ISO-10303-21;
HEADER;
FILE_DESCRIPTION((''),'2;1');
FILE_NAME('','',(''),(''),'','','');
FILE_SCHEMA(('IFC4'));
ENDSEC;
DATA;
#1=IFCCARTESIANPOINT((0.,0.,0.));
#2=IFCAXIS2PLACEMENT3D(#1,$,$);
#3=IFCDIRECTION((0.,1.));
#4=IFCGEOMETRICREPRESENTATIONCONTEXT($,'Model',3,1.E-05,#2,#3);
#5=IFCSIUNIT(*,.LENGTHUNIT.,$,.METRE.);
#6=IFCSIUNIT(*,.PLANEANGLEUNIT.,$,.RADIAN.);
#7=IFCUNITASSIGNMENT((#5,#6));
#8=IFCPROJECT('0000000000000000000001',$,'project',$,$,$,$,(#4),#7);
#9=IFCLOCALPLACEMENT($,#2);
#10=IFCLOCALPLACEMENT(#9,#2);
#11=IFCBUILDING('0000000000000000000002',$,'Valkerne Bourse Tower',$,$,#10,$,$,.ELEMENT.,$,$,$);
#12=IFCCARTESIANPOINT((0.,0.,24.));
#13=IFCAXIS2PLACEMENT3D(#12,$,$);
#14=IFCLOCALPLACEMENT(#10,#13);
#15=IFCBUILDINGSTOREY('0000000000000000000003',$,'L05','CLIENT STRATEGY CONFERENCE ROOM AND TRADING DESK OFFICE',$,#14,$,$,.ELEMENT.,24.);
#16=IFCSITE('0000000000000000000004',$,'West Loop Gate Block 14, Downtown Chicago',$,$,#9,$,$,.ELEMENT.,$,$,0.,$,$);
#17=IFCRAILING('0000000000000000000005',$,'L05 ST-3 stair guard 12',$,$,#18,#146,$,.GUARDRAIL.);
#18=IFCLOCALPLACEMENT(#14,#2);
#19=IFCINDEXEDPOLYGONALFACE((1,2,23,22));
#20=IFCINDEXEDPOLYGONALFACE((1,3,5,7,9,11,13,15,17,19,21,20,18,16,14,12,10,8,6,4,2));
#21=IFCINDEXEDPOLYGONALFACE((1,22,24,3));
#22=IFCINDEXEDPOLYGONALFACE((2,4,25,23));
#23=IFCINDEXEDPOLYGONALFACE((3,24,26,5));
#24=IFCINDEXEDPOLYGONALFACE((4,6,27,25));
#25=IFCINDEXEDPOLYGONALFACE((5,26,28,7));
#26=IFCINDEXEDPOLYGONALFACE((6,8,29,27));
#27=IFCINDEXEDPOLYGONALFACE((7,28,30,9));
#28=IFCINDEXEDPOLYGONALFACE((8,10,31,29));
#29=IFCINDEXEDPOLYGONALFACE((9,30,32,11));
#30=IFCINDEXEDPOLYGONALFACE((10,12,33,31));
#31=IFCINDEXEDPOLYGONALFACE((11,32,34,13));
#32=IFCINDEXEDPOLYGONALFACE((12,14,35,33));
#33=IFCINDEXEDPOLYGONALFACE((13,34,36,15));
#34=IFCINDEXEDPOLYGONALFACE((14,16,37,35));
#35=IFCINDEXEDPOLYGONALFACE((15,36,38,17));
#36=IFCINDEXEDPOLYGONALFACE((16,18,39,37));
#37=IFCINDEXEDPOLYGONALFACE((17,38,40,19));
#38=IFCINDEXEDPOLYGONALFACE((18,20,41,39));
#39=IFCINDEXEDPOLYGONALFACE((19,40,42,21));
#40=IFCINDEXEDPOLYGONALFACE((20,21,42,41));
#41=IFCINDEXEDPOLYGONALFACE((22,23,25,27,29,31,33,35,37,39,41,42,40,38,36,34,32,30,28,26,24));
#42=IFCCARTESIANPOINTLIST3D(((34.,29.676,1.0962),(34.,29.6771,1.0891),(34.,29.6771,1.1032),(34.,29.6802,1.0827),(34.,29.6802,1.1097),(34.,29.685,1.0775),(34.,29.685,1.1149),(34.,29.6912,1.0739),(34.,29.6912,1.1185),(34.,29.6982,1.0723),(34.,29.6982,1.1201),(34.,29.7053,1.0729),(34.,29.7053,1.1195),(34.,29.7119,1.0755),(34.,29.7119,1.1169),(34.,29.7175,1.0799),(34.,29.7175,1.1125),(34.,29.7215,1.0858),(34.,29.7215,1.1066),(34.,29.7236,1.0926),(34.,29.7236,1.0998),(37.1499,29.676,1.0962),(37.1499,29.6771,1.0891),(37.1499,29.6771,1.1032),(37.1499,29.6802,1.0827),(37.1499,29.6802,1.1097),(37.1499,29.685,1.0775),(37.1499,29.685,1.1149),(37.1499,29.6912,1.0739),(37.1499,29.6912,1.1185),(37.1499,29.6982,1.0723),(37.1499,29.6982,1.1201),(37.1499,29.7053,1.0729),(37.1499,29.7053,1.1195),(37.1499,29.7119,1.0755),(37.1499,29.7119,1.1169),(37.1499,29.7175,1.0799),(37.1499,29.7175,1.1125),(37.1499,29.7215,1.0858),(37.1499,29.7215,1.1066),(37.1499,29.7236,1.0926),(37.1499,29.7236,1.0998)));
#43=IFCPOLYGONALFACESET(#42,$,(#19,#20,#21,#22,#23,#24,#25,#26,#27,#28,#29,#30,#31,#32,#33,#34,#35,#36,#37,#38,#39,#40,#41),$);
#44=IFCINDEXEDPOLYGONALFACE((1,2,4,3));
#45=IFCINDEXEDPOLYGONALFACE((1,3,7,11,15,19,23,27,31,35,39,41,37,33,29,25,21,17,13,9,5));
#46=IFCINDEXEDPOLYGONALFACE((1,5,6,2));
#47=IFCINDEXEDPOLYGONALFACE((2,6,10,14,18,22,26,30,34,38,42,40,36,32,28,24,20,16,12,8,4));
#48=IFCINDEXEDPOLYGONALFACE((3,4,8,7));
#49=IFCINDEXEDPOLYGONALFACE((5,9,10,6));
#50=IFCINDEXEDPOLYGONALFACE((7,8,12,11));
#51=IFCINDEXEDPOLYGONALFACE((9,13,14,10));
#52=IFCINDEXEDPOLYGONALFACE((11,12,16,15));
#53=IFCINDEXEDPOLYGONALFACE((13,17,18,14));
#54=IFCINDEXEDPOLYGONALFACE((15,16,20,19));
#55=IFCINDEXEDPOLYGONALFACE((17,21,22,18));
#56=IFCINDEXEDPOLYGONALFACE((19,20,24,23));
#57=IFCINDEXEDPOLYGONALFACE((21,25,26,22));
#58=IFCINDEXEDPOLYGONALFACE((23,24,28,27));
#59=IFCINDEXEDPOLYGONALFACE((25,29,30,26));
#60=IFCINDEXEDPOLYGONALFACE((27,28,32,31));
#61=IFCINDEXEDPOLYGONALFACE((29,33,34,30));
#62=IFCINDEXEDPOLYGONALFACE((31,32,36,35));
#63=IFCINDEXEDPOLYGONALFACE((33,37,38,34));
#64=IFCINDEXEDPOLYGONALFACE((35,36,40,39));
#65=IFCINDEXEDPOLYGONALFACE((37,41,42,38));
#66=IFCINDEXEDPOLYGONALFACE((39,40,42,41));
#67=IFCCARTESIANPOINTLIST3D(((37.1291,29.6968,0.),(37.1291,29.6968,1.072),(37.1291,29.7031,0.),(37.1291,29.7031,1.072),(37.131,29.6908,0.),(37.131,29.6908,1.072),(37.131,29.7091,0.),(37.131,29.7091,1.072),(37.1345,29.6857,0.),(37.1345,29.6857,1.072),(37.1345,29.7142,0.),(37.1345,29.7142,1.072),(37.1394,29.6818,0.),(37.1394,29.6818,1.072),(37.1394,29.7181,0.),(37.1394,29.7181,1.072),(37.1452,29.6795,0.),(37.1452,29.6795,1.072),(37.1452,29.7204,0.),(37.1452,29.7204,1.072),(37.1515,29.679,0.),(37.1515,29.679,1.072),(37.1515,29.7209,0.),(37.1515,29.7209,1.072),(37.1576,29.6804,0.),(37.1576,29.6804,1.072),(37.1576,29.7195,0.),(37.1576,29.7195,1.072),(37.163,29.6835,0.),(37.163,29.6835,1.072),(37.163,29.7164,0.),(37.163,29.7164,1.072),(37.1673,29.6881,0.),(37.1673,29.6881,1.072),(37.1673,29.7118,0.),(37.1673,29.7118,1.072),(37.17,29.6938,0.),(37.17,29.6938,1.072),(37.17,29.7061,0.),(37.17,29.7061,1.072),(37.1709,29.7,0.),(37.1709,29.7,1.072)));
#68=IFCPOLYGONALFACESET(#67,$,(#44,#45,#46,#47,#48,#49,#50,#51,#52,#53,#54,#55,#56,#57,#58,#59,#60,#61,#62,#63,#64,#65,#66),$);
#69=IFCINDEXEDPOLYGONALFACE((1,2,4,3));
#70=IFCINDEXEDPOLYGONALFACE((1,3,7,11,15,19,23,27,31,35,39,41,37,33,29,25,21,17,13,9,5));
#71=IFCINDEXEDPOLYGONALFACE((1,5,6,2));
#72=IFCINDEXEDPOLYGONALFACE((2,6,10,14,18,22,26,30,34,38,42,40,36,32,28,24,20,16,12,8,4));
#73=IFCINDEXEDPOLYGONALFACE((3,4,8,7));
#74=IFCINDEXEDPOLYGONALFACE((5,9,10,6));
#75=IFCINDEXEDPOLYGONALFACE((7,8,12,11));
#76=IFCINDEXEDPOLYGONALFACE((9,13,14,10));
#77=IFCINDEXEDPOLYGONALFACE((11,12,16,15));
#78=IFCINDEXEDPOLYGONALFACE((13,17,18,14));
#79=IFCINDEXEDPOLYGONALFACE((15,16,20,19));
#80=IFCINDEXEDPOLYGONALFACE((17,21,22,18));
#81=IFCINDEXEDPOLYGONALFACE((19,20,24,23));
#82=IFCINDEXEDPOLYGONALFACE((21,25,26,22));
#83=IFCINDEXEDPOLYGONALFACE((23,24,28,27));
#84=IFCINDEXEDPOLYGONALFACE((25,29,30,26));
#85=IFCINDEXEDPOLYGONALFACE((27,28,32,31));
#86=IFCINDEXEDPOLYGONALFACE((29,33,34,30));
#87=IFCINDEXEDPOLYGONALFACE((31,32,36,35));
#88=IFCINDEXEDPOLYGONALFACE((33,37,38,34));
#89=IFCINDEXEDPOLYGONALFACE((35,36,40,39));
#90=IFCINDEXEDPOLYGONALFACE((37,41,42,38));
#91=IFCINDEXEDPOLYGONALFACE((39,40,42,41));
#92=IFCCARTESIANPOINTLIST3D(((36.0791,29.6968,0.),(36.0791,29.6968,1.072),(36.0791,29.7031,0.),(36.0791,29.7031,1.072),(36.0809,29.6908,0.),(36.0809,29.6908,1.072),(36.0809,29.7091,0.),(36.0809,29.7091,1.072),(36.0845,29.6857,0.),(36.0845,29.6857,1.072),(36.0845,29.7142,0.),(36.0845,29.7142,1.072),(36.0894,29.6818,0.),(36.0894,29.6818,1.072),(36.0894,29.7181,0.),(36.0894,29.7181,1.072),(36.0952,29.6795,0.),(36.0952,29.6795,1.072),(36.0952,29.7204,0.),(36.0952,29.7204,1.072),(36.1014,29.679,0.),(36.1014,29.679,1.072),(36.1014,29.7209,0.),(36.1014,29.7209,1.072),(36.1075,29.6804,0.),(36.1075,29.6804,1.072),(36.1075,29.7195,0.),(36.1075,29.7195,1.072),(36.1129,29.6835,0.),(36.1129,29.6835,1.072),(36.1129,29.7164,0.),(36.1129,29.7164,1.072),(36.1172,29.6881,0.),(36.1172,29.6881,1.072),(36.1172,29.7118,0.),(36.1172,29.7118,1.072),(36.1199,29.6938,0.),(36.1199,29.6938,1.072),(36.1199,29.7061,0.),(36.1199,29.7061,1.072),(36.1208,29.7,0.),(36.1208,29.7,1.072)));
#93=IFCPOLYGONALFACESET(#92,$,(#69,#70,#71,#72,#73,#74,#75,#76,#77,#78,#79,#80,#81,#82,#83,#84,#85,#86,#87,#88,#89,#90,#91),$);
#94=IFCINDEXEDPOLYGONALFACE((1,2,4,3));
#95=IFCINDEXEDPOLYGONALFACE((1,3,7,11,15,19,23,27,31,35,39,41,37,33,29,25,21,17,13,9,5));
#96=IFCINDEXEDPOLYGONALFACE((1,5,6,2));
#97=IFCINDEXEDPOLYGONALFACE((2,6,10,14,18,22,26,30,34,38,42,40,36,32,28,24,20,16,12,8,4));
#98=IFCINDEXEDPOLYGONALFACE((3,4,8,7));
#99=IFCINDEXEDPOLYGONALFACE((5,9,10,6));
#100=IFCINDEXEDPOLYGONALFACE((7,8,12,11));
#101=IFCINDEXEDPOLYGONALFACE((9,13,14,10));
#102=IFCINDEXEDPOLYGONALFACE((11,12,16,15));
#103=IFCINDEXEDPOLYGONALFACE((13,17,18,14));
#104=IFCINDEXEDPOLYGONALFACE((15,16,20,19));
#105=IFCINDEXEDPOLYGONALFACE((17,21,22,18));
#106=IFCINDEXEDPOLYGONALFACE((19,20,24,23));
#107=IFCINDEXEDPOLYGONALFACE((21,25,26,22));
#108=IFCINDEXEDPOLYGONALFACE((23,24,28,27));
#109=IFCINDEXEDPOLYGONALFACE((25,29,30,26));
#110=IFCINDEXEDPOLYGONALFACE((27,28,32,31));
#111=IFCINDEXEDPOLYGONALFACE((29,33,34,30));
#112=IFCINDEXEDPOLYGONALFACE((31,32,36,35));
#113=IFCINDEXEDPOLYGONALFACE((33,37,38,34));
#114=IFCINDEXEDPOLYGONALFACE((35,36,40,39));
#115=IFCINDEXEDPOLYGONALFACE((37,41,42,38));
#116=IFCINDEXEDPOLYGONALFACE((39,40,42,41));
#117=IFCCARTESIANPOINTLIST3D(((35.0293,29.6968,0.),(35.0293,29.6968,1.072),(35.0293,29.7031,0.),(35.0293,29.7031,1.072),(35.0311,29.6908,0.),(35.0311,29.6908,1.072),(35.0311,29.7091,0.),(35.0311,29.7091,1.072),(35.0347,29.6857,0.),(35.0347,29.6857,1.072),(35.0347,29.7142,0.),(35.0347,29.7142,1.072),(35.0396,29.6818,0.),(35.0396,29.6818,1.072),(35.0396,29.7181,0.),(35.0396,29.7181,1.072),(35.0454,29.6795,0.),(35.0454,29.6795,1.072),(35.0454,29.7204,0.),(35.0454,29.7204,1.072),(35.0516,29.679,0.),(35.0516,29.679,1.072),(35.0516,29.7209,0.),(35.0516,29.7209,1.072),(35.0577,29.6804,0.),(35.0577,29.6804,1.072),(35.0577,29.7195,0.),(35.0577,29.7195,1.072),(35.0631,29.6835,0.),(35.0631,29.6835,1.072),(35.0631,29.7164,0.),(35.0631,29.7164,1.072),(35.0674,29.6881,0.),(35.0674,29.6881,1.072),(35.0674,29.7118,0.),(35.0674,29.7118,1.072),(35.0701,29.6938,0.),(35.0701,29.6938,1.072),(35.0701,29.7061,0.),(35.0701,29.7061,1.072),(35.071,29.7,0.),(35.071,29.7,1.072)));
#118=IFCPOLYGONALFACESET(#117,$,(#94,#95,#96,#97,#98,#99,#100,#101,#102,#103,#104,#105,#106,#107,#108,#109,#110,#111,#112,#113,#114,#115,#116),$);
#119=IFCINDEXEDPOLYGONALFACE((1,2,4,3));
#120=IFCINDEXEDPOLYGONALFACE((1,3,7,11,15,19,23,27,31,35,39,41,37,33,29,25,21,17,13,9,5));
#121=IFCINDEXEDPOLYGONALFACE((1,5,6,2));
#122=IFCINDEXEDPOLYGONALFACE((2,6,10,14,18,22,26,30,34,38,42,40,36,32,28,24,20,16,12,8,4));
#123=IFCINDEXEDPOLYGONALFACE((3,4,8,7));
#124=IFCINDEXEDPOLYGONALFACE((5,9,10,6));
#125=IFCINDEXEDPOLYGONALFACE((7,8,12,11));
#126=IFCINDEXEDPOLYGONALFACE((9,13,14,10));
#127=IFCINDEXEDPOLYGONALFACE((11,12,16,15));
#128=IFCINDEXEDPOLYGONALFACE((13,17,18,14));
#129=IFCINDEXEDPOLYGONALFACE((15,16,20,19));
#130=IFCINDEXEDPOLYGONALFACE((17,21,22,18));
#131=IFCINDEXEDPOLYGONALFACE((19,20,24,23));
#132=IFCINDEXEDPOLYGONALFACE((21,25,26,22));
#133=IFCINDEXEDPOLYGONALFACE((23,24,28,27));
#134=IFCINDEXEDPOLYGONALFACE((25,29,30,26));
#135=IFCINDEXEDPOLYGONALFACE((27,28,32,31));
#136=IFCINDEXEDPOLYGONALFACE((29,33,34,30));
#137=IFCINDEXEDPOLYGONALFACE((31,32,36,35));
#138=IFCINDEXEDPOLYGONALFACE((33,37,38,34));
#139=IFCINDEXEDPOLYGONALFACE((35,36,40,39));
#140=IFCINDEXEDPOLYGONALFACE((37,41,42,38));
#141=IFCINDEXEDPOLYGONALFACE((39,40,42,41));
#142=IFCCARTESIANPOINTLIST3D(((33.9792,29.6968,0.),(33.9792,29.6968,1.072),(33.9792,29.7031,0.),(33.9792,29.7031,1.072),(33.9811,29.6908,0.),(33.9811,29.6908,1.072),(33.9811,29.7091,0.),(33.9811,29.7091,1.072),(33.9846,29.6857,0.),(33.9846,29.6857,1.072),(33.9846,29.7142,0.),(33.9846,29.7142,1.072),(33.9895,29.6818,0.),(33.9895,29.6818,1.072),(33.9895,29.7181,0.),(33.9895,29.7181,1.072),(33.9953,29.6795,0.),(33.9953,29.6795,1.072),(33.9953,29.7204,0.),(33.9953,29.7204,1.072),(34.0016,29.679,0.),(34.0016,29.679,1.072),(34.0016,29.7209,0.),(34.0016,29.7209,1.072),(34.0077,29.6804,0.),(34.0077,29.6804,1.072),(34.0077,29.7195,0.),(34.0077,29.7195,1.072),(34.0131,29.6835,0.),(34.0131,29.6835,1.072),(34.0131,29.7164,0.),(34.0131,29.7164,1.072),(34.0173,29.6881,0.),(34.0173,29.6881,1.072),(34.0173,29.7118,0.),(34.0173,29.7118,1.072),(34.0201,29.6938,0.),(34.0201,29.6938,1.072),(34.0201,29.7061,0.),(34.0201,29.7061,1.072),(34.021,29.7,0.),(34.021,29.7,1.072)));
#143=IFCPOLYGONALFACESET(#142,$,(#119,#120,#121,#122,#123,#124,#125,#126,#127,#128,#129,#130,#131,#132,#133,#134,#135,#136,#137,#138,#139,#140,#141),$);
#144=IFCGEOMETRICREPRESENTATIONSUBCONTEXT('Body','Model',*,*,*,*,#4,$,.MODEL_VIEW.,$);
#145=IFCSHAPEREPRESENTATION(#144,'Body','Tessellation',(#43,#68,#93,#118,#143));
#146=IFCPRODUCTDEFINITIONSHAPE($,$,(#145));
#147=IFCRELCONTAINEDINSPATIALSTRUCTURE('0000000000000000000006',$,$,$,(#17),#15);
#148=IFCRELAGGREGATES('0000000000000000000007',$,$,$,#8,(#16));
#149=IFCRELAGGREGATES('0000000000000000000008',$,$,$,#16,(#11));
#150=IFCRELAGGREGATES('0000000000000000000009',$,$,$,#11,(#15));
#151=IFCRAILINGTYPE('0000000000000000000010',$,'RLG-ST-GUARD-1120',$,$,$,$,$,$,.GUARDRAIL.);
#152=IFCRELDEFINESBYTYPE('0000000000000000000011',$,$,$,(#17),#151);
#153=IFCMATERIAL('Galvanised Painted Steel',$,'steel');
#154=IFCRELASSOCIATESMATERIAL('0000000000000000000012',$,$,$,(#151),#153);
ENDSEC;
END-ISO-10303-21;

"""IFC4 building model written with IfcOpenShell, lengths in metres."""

from ifc_helpers import new_model, si_unit, direction, frame, origin, origin_2d, place, context, subcontext, project, spatial, circle, extrude, material, type_object, element, save


model = new_model("IFC4")

# Units and contexts
model_context = context("Model", 3, precision=1e-05, world=origin(), true_north=direction((0.0, 1.0)))
body_context = subcontext(model_context, "Body", "Model", "MODEL_VIEW")
ifc_project = project(units=[si_unit("LENGTHUNIT", "METRE"), si_unit("PLANEANGLEUNIT", "RADIAN")], contexts=[model_context])

# Site, building, storey
site_placement = place(None, origin())
site = spatial("IfcSite", under=ifc_project, at=site_placement, Name="West Loop Gate Block 14, Downtown Chicago", CompositionType="ELEMENT", RefElevation=0.0)
building_placement = place(site_placement, origin())
building = spatial("IfcBuilding", under=site, at=building_placement, Name="Valkerne Bourse Tower", CompositionType="ELEMENT")
storey_placement = place(building_placement, frame((0.0, 0.0, 24.0)))
storey = spatial("IfcBuildingStorey", under=building, at=storey_placement, Name="L05", Description="CLIENT STRATEGY CONFERENCE ROOM AND TRADING DESK OFFICE", CompositionType="ELEMENT", Elevation=24.0)

# Shared definitions
ifc_material_1 = material(Name="Galvanised Painted Steel", Category="steel")

# Railing
railing_type = type_object("IfcRailingType", Name="RLG-ST-GUARD-1120", PredefinedType="GUARDRAIL", material=ifc_material_1)
railing_1_placement = place(storey_placement, frame((37.1499, 29.7, 0.0)))
element("IfcRailing", 1, at=railing_1_placement, inside=storey, type_object=railing_type, Name="L05 ST-3 stair guard 12", PredefinedType="GUARDRAIL", context=body_context, shape_type="SweptSolid", body=[
    extrude(circle(Radius=0.0239, at=origin_2d()), frame((0.0, 0.0, 1.0962), z_axis=(-1.0, 0.0, 0.0), x_axis=(0.0, -1.0, 0.0)), (0.0, 0.0, 1.0), 3.1499),
    extrude(circle(Radius=0.021, at=origin_2d()), origin(), (0.0, 0.0, 1.0), 1.072),
    extrude(circle(Radius=0.021, at=origin_2d()), frame((-1.05, 0.0, 0.0)), (0.0, 0.0, 1.0), 1.072),
    extrude(circle(Radius=0.021, at=origin_2d()), frame((-2.0999, 0.0, 0.0)), (0.0, 0.0, 1.0), 1.072),
    extrude(circle(Radius=0.021, at=origin_2d()), frame((-3.1499, 0.0, 0.0)), (0.0, 0.0, 1.0), 1.072),
])

save(model, "model.ifc")
